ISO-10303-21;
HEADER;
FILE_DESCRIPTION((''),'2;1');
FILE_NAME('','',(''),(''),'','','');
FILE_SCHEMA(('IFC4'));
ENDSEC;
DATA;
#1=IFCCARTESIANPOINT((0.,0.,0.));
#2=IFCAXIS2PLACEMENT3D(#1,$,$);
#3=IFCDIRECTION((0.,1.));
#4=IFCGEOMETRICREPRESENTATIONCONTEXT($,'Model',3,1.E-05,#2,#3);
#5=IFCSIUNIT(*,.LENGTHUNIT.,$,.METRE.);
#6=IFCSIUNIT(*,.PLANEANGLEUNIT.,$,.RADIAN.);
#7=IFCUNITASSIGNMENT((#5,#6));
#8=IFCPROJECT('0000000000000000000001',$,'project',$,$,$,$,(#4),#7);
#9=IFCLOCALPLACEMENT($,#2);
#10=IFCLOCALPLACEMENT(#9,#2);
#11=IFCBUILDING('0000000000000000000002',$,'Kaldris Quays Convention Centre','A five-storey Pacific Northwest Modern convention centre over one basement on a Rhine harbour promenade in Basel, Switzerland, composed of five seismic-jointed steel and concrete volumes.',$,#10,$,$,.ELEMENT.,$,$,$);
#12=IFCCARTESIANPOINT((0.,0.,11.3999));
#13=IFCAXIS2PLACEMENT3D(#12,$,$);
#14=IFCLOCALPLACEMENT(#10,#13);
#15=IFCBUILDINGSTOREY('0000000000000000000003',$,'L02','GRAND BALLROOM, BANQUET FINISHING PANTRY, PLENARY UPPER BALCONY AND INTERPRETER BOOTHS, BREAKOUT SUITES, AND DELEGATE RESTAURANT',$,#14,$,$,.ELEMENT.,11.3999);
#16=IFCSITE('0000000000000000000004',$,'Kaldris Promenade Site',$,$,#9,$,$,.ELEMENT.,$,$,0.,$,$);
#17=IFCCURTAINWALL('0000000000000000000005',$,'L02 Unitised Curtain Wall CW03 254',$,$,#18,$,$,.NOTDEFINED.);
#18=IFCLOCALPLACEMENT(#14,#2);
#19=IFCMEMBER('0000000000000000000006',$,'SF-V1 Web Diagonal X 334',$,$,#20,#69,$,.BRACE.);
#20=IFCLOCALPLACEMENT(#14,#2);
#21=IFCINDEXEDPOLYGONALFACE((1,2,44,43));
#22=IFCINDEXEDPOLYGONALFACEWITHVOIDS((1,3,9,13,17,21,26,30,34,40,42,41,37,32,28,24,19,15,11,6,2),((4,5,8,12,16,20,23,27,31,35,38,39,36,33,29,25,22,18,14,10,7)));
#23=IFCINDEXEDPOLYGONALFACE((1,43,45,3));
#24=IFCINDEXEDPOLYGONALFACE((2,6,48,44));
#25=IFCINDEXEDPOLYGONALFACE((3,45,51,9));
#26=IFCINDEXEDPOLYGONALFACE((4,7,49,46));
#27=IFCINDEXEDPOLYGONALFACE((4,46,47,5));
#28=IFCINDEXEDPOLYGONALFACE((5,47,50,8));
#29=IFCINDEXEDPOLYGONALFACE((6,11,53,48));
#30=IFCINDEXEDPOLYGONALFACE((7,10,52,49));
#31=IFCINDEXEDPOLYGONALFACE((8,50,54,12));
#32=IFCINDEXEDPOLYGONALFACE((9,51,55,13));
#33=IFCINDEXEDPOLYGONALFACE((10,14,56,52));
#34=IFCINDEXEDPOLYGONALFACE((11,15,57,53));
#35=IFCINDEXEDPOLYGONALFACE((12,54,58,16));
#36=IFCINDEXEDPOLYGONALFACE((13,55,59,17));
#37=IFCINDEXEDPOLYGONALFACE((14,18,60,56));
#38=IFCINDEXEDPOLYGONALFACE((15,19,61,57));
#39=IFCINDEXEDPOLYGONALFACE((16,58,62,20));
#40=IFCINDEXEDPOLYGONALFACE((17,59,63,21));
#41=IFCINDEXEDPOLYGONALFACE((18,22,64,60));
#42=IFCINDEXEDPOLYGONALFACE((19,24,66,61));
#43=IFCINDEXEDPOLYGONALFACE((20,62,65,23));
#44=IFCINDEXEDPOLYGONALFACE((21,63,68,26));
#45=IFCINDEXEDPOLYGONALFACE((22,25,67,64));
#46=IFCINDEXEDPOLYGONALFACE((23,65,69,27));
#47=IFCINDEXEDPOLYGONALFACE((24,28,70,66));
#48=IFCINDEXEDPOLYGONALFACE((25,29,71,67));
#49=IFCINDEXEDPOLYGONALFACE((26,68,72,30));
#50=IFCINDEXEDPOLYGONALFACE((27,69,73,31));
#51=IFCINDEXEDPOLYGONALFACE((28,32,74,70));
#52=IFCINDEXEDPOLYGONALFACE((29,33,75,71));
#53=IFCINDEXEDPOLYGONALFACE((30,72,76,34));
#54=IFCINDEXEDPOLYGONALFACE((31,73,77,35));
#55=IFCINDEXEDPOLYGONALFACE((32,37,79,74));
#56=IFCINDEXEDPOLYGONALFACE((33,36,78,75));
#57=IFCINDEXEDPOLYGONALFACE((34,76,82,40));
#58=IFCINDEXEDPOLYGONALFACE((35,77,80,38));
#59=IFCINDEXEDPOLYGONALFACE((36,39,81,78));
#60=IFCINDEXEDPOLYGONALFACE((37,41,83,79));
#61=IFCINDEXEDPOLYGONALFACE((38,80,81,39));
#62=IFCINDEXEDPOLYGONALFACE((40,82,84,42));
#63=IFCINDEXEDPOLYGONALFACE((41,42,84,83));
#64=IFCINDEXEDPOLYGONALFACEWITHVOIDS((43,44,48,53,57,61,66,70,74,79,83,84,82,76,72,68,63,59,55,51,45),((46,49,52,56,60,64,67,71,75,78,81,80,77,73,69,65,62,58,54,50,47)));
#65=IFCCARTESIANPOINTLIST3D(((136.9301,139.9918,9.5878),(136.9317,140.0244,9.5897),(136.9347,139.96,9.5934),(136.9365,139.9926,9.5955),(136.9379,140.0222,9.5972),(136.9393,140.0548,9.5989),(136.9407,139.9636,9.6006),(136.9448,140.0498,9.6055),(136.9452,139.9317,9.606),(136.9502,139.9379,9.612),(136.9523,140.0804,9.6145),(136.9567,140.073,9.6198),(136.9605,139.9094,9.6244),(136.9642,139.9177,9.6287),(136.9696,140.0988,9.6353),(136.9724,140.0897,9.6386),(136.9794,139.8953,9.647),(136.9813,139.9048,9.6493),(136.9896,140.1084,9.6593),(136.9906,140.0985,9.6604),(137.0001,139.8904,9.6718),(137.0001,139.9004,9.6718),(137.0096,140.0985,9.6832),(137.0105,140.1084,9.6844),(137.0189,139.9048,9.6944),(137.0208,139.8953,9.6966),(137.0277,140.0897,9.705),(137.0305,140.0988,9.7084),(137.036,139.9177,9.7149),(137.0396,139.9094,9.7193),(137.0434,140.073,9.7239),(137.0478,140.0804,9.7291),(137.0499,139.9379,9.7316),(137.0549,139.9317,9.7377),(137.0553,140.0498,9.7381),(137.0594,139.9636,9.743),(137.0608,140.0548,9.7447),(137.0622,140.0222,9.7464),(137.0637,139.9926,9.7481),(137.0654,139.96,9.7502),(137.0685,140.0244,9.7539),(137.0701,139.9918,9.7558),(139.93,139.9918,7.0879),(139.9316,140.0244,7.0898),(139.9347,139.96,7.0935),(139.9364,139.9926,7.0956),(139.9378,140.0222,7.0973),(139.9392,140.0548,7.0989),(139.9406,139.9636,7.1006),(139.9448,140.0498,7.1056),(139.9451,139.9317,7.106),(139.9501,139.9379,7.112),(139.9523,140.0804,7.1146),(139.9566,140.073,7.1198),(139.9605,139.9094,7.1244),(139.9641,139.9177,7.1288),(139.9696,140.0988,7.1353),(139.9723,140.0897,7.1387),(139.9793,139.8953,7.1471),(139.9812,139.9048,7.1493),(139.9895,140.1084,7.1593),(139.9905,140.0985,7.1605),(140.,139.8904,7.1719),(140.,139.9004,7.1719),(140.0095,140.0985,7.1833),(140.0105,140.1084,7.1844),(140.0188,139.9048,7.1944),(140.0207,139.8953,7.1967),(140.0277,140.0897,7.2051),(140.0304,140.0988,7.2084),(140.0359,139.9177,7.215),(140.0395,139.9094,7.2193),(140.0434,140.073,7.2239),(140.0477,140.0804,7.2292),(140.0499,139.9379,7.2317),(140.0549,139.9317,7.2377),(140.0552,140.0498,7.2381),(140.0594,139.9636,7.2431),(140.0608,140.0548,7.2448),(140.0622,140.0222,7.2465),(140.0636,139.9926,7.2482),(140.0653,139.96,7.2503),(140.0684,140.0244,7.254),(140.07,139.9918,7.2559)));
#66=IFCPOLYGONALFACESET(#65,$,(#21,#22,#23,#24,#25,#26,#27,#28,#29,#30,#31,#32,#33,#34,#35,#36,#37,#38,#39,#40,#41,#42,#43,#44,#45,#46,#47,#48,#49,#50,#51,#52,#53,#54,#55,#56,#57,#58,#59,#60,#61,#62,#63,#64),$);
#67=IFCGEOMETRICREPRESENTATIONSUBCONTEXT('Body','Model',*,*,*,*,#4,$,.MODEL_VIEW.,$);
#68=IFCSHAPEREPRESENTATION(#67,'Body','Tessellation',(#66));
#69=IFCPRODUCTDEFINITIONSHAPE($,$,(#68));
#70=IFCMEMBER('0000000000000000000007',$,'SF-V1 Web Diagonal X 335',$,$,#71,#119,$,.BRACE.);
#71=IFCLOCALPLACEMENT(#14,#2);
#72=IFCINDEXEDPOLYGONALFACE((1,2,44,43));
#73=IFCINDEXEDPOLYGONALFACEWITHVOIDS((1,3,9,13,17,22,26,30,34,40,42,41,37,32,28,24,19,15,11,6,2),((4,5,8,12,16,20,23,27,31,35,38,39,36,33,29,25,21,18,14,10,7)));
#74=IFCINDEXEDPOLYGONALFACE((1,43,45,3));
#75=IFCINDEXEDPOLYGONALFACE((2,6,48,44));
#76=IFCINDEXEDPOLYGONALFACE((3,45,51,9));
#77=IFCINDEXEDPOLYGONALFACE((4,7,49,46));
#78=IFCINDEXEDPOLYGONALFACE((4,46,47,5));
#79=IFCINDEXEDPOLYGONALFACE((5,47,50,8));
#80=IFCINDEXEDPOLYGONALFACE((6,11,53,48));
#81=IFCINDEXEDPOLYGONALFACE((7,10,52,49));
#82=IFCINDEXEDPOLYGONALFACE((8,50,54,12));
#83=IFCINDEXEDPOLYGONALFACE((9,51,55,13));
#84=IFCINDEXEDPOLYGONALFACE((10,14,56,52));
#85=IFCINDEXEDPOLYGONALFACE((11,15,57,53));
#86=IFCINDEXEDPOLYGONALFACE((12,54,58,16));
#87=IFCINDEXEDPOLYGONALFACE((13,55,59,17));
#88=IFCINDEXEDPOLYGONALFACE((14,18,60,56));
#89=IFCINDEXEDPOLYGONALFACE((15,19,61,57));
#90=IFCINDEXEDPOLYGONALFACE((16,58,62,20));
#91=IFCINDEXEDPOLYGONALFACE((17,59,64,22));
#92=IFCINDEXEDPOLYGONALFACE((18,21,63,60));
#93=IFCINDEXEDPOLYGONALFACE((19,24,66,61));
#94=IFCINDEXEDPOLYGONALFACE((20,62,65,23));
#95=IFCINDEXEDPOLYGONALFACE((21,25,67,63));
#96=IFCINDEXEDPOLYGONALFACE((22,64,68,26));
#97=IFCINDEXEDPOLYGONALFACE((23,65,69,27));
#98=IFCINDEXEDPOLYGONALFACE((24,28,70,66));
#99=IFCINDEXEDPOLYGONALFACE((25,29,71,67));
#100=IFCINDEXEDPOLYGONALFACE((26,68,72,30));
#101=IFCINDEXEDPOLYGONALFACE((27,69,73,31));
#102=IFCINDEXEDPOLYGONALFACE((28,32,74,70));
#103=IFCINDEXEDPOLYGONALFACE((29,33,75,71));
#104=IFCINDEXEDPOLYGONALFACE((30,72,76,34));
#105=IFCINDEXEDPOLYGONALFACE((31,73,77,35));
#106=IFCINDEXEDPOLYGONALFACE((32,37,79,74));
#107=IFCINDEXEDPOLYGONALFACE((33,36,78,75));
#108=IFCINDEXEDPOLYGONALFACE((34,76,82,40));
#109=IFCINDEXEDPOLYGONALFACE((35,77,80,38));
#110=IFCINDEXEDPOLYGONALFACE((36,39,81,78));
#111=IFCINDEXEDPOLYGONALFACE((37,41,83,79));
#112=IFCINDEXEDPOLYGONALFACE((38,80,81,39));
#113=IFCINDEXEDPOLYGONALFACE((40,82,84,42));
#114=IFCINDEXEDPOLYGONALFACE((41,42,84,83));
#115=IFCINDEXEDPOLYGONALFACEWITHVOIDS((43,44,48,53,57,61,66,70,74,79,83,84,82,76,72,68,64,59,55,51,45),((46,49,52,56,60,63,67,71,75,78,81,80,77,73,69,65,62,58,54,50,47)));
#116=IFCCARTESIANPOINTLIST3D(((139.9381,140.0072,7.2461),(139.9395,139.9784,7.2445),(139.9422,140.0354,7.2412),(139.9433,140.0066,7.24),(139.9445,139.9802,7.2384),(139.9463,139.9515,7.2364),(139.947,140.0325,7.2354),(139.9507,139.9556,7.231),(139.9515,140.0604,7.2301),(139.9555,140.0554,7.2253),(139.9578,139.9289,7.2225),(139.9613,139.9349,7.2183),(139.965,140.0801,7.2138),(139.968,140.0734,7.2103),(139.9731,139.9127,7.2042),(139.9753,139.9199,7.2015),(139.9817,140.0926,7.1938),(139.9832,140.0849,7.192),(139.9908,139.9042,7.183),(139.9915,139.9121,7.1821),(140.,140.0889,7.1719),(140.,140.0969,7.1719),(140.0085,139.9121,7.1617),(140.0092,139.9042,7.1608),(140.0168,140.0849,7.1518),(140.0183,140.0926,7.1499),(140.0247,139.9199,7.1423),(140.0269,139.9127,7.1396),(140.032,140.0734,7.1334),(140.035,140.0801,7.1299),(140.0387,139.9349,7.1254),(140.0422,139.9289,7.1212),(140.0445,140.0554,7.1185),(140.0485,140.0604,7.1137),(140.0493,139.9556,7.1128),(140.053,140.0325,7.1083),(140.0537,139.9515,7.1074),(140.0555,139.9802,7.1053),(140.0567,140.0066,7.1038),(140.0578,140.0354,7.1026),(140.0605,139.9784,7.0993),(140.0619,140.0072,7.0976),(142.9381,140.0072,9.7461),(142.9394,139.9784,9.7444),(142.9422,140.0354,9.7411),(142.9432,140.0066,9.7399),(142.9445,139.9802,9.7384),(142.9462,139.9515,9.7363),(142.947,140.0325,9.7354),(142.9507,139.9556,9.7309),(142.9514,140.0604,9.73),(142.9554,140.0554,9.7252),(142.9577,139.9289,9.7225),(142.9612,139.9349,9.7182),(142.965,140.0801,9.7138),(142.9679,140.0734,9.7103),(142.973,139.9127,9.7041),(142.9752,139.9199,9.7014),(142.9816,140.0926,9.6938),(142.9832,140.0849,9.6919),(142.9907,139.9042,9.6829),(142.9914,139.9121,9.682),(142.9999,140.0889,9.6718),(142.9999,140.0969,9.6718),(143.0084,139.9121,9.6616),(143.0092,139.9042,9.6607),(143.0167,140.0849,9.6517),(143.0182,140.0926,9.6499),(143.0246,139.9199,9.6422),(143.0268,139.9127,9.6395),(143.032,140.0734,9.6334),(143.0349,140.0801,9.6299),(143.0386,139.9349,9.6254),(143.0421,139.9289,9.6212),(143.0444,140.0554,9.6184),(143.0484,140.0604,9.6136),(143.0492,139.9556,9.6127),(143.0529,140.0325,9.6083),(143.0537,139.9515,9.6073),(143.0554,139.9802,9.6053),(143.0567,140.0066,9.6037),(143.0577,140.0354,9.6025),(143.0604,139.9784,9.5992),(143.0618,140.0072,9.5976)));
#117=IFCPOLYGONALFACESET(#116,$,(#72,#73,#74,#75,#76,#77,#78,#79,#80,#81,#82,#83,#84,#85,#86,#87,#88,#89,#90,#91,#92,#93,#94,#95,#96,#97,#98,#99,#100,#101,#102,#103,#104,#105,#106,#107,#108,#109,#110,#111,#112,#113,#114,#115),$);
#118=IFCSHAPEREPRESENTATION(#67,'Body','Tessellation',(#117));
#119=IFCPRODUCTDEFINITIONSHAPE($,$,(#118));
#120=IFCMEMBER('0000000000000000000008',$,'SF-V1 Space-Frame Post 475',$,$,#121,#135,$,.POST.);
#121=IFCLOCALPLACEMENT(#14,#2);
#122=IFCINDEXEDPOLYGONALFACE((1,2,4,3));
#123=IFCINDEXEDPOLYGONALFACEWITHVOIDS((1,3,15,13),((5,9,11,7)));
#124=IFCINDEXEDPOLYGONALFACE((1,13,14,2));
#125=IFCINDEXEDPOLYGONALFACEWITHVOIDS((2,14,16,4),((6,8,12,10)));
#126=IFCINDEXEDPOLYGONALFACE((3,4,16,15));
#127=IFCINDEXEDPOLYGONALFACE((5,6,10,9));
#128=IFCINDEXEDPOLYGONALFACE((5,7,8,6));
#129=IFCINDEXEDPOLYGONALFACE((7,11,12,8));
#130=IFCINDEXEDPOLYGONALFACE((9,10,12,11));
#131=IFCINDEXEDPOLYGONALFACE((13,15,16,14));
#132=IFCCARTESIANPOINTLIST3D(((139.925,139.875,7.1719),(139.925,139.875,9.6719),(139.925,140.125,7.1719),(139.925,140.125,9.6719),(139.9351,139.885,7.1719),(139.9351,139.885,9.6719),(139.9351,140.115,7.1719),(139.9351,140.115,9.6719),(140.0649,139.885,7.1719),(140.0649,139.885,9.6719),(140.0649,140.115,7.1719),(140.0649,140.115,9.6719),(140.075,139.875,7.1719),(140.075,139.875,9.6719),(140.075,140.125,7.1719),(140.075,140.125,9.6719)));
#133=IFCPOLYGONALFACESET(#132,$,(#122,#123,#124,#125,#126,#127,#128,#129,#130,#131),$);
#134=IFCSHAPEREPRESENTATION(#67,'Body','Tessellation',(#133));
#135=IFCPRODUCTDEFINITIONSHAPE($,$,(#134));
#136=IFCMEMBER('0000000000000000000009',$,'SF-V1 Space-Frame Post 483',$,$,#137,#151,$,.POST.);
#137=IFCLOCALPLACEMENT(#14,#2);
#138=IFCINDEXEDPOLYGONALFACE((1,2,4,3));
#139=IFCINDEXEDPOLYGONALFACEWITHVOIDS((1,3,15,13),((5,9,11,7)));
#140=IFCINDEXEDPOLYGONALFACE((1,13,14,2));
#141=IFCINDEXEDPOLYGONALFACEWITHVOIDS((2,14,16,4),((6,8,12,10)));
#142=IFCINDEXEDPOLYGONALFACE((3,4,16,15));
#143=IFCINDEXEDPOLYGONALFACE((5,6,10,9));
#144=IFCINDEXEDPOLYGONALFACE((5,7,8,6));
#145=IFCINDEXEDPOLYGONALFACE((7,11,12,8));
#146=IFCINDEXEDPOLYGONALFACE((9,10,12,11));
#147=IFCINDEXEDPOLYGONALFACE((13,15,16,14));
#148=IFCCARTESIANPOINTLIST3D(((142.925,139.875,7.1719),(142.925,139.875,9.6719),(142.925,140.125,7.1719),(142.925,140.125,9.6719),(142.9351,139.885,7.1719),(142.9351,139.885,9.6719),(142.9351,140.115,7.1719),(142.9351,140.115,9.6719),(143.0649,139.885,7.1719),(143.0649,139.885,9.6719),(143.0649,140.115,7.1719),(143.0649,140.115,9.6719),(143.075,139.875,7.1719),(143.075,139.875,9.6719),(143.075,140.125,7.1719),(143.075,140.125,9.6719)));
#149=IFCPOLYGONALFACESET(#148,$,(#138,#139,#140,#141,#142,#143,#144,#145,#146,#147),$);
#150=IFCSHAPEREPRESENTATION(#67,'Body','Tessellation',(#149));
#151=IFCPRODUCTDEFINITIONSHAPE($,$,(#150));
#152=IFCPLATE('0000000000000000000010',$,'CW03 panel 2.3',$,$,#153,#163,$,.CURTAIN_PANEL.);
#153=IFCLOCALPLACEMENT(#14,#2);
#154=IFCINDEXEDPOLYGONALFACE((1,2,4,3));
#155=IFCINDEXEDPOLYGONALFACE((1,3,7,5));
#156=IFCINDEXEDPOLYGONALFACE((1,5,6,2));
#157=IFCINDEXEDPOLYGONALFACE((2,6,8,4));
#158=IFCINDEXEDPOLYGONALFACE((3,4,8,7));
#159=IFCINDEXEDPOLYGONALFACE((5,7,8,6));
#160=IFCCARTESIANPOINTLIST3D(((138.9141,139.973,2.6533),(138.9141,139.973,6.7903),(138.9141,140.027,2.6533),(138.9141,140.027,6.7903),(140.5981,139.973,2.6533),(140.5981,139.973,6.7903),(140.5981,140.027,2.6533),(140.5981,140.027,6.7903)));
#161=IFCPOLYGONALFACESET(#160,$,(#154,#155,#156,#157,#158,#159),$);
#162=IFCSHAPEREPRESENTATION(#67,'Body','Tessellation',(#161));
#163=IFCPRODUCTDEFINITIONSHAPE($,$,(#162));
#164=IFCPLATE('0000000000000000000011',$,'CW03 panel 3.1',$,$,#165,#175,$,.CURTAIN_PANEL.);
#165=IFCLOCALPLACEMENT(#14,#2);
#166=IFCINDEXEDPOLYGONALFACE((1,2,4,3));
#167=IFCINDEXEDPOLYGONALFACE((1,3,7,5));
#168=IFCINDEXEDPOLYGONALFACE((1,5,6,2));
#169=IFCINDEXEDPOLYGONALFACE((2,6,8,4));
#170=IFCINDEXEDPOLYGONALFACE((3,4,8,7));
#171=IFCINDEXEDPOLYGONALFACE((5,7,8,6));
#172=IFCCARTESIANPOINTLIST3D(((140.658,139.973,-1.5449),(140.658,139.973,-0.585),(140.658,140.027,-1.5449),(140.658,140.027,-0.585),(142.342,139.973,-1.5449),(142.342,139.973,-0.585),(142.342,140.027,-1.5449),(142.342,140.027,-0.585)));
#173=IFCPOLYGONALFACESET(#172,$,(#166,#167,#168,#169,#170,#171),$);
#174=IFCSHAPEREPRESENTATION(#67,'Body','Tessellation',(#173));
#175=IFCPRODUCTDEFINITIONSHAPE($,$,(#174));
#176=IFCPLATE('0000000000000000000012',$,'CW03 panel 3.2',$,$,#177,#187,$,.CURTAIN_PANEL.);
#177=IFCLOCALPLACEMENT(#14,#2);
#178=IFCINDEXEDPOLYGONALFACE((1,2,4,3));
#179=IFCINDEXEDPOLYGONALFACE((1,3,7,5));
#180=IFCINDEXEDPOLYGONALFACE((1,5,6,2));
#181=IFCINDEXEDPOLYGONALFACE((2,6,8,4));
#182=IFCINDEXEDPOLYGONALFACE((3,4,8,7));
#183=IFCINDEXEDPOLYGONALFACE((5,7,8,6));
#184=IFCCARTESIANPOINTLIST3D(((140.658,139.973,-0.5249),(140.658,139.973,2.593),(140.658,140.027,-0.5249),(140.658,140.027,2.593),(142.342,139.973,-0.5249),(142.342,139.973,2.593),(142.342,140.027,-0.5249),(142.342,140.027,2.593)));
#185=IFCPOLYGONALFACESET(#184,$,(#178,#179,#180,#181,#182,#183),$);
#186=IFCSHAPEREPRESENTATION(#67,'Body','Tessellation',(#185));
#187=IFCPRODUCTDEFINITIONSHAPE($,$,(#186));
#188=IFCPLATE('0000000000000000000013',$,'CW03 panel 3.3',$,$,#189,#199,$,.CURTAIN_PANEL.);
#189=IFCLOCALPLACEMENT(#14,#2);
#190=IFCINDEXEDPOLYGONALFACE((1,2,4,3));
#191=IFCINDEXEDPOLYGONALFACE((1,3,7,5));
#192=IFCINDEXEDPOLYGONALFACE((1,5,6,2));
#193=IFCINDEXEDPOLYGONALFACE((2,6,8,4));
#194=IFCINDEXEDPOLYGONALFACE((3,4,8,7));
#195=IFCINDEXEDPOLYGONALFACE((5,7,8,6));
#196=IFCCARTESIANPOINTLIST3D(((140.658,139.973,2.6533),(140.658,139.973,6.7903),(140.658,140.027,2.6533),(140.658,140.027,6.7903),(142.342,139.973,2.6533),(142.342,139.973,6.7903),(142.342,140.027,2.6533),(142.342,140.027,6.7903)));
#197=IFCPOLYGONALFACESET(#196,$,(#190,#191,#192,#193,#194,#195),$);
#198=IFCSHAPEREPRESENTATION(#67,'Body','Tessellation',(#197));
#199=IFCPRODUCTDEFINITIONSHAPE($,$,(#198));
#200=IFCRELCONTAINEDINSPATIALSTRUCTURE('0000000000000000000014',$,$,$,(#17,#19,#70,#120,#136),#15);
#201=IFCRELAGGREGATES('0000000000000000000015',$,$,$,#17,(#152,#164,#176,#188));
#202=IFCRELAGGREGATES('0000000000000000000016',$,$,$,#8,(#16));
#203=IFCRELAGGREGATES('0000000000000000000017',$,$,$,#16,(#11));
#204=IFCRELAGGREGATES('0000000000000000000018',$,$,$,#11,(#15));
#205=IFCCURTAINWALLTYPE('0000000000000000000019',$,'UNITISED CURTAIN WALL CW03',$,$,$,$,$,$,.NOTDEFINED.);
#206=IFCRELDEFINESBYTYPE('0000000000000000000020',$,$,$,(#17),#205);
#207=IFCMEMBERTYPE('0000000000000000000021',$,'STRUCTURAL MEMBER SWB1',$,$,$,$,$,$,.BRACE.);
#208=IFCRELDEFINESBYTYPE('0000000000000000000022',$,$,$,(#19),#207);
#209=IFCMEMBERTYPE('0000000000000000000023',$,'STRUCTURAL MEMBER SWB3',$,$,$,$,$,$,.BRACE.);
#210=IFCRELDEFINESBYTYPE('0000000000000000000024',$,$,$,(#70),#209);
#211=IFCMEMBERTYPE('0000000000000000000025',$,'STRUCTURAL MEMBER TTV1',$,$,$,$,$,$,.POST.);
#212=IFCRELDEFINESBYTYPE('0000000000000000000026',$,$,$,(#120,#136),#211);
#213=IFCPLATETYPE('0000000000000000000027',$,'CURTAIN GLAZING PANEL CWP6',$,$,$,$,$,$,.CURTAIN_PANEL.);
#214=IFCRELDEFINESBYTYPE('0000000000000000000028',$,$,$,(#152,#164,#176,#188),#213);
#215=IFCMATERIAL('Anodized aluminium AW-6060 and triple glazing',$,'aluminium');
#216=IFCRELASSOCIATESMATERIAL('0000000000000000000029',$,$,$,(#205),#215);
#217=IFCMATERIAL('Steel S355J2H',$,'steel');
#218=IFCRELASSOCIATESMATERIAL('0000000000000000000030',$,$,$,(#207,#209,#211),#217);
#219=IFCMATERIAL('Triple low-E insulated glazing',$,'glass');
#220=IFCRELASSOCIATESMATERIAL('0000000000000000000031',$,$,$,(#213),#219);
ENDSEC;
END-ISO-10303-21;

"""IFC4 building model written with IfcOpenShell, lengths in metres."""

from ifc_helpers import new_model, si_unit, direction, frame, origin, origin_2d, place, context, subcontext, project, spatial, rectangle, hollow_rectangle, hollow_circle, extrude, material, material_profile, profile_set, type_object, element, aggregate, save


model = new_model("IFC4")

# Units and contexts
model_context = context("Model", 3, precision=1e-05, world=origin(), true_north=direction((0.0, 1.0)))
body_context = subcontext(model_context, "Body", "Model", "MODEL_VIEW")
ifc_project = project(units=[si_unit("LENGTHUNIT", "METRE"), si_unit("PLANEANGLEUNIT", "RADIAN")], contexts=[model_context])

# Site, building, storey
site_placement = place(None, origin())
site = spatial("IfcSite", under=ifc_project, at=site_placement, Name="Kaldris Promenade Site", CompositionType="ELEMENT", RefElevation=0.0)
building_placement = place(site_placement, origin())
building = spatial("IfcBuilding", under=site, at=building_placement, Name="Kaldris Quays Convention Centre", Description="A five-storey Pacific Northwest Modern convention centre over one basement on a Rhine harbour promenade in Basel, Switzerland, composed of five seismic-jointed steel and concrete volumes.", CompositionType="ELEMENT")
storey_placement = place(building_placement, frame((0.0, 0.0, 11.3999)))
storey = spatial("IfcBuildingStorey", under=building, at=storey_placement, Name="L02", Description="GRAND BALLROOM, BANQUET FINISHING PANTRY, PLENARY UPPER BALCONY AND INTERPRETER BOOTHS, BREAKOUT SUITES, AND DELEGATE RESTAURANT", CompositionType="ELEMENT", Elevation=11.3999)

# Curtain wall
ifc_material_1 = material(Name="Anodized aluminium AW-6060 and triple glazing", Category="aluminium")
curtain_wall_type = type_object("IfcCurtainWallType", Name="UNITISED CURTAIN WALL CW03", PredefinedType="NOTDEFINED", material=ifc_material_1)
curtain_wall_placement = place(storey_placement, origin())
curtain_wall = element("IfcCurtainWall", 1, at=curtain_wall_placement, inside=storey, type_object=curtain_wall_type, Name="L02 Unitised Curtain Wall CW03 254", PredefinedType="NOTDEFINED")

# Members
ifc_material_2 = material(Name="Steel S355J2H", Category="steel")
ifc_material_profile_1 = material_profile(ifc_material_2, hollow_circle(Radius=0.1096, WallThickness=0.01, at=origin_2d()), Name="CHS 219.1x10")
ifc_profile_set_1 = profile_set([ifc_material_profile_1], Name="Steel S355J2H")
member_type_1 = type_object("IfcMemberType", Name="STRUCTURAL MEMBER SWB1", PredefinedType="BRACE", material=ifc_profile_set_1)
member_1_placement = place(storey_placement, frame((140.0, 140.0, 7.1719), z_axis=(-0.768221, 0.0, 0.640184), x_axis=(0.0, -1.0, 0.0)))
element("IfcMember", 2, at=member_1_placement, inside=storey, type_object=member_type_1, Name="SF-V1 Web Diagonal X 334", PredefinedType="BRACE", context=body_context, shape_type="SweptSolid", body=[
    extrude(hollow_circle(Radius=0.1096, WallThickness=0.01, at=origin_2d()), origin(), (0.0, 0.0, 1.0), 3.905),
])
ifc_material_profile_2 = material_profile(ifc_material_2, hollow_circle(Radius=0.0969, WallThickness=0.0081, at=origin_2d()), Name="CHS 193.7x8")
ifc_profile_set_2 = profile_set([ifc_material_profile_2], Name="Steel S355J2H")
member_type_2 = type_object("IfcMemberType", Name="STRUCTURAL MEMBER SWB3", PredefinedType="BRACE", material=ifc_profile_set_2)
member_2_placement = place(storey_placement, frame((140.0, 140.0, 7.1719), z_axis=(0.768221, 0.0, 0.640184), x_axis=(0.0, 1.0, 0.0)))
element("IfcMember", 3, at=member_2_placement, inside=storey, type_object=member_type_2, Name="SF-V1 Web Diagonal X 335", PredefinedType="BRACE", context=body_context, shape_type="SweptSolid", body=[
    extrude(hollow_circle(Radius=0.0969, WallThickness=0.0081, at=origin_2d()), origin(), (0.0, 0.0, 1.0), 3.905),
])
ifc_material_profile_3 = material_profile(ifc_material_2, hollow_rectangle(XDim=0.1499, YDim=0.25, WallThickness=0.01, at=origin_2d()), Name="RHS 250x150x10")
ifc_profile_set_3 = profile_set([ifc_material_profile_3], Name="Steel S355J2H")
member_type_3 = type_object("IfcMemberType", Name="STRUCTURAL MEMBER TTV1", PredefinedType="POST", material=ifc_profile_set_3)
for number, where, z_axis, x_axis, name in (
    (4, (140.0, 140.0, 7.1719), (0.0, 0.0, 1.0), (1.0, 0.0, 0.0), "SF-V1 Space-Frame Post 475"),
    (5, (143.0, 140.0, 7.1719), (0.0, 0.0, 1.0), (1.0, 0.0, 0.0), "SF-V1 Space-Frame Post 483"),
):
    element("IfcMember", number, at=place(storey_placement, frame(where, z_axis=z_axis, x_axis=x_axis)), inside=storey, type_object=member_type_3, Name=name, PredefinedType="POST", context=body_context, shape_type="SweptSolid", body=[
        extrude(hollow_rectangle(XDim=0.1499, YDim=0.25, WallThickness=0.01, at=origin_2d()), origin(), (0.0, 0.0, 1.0), 2.5),
    ])

# Plates
ifc_material_3 = material(Name="Triple low-E insulated glazing", Category="glass")
plate_type = type_object("IfcPlateType", Name="CURTAIN GLAZING PANEL CWP6", PredefinedType="CURTAIN_PANEL", material=ifc_material_3)
plate_1_placement = place(storey_placement, frame((139.7561, 140.0, 2.6533), z_axis=(0.0, 0.0, 1.0), x_axis=(1.0, 0.0, 0.0)))
plate_1 = element("IfcPlate", 6, at=plate_1_placement, type_object=plate_type, Name="CW03 panel 2.3", PredefinedType="CURTAIN_PANEL", context=body_context, shape_type="SweptSolid", body=[
    extrude(rectangle(XDim=1.6841, YDim=0.054, at=origin_2d()), origin(), (0.0, 0.0, 1.0), 4.137),
])
plate_2_placement = place(storey_placement, frame((141.5, 140.0, -1.5449), z_axis=(0.0, 0.0, 1.0), x_axis=(1.0, 0.0, 0.0)))
plate_2 = element("IfcPlate", 7, at=plate_2_placement, type_object=plate_type, Name="CW03 panel 3.1", PredefinedType="CURTAIN_PANEL", context=body_context, shape_type="SweptSolid", body=[
    extrude(rectangle(XDim=1.6841, YDim=0.054, at=origin_2d()), origin(), (0.0, 0.0, 1.0), 0.96),
])
plate_3_placement = place(storey_placement, frame((141.5, 140.0, -0.5249), z_axis=(0.0, 0.0, 1.0), x_axis=(1.0, 0.0, 0.0)))
plate_3 = element("IfcPlate", 8, at=plate_3_placement, type_object=plate_type, Name="CW03 panel 3.2", PredefinedType="CURTAIN_PANEL", context=body_context, shape_type="SweptSolid", body=[
    extrude(rectangle(XDim=1.6841, YDim=0.054, at=origin_2d()), origin(), (0.0, 0.0, 1.0), 3.1179),
])
plate_4_placement = place(storey_placement, frame((141.5, 140.0, 2.6533), z_axis=(0.0, 0.0, 1.0), x_axis=(1.0, 0.0, 0.0)))
plate_4 = element("IfcPlate", 9, at=plate_4_placement, type_object=plate_type, Name="CW03 panel 3.3", PredefinedType="CURTAIN_PANEL", context=body_context, shape_type="SweptSolid", body=[
    extrude(rectangle(XDim=1.6841, YDim=0.054, at=origin_2d()), origin(), (0.0, 0.0, 1.0), 4.137),
])
aggregate(curtain_wall, [plate_1, plate_2, plate_3, plate_4])

save(model, "model.ifc")
